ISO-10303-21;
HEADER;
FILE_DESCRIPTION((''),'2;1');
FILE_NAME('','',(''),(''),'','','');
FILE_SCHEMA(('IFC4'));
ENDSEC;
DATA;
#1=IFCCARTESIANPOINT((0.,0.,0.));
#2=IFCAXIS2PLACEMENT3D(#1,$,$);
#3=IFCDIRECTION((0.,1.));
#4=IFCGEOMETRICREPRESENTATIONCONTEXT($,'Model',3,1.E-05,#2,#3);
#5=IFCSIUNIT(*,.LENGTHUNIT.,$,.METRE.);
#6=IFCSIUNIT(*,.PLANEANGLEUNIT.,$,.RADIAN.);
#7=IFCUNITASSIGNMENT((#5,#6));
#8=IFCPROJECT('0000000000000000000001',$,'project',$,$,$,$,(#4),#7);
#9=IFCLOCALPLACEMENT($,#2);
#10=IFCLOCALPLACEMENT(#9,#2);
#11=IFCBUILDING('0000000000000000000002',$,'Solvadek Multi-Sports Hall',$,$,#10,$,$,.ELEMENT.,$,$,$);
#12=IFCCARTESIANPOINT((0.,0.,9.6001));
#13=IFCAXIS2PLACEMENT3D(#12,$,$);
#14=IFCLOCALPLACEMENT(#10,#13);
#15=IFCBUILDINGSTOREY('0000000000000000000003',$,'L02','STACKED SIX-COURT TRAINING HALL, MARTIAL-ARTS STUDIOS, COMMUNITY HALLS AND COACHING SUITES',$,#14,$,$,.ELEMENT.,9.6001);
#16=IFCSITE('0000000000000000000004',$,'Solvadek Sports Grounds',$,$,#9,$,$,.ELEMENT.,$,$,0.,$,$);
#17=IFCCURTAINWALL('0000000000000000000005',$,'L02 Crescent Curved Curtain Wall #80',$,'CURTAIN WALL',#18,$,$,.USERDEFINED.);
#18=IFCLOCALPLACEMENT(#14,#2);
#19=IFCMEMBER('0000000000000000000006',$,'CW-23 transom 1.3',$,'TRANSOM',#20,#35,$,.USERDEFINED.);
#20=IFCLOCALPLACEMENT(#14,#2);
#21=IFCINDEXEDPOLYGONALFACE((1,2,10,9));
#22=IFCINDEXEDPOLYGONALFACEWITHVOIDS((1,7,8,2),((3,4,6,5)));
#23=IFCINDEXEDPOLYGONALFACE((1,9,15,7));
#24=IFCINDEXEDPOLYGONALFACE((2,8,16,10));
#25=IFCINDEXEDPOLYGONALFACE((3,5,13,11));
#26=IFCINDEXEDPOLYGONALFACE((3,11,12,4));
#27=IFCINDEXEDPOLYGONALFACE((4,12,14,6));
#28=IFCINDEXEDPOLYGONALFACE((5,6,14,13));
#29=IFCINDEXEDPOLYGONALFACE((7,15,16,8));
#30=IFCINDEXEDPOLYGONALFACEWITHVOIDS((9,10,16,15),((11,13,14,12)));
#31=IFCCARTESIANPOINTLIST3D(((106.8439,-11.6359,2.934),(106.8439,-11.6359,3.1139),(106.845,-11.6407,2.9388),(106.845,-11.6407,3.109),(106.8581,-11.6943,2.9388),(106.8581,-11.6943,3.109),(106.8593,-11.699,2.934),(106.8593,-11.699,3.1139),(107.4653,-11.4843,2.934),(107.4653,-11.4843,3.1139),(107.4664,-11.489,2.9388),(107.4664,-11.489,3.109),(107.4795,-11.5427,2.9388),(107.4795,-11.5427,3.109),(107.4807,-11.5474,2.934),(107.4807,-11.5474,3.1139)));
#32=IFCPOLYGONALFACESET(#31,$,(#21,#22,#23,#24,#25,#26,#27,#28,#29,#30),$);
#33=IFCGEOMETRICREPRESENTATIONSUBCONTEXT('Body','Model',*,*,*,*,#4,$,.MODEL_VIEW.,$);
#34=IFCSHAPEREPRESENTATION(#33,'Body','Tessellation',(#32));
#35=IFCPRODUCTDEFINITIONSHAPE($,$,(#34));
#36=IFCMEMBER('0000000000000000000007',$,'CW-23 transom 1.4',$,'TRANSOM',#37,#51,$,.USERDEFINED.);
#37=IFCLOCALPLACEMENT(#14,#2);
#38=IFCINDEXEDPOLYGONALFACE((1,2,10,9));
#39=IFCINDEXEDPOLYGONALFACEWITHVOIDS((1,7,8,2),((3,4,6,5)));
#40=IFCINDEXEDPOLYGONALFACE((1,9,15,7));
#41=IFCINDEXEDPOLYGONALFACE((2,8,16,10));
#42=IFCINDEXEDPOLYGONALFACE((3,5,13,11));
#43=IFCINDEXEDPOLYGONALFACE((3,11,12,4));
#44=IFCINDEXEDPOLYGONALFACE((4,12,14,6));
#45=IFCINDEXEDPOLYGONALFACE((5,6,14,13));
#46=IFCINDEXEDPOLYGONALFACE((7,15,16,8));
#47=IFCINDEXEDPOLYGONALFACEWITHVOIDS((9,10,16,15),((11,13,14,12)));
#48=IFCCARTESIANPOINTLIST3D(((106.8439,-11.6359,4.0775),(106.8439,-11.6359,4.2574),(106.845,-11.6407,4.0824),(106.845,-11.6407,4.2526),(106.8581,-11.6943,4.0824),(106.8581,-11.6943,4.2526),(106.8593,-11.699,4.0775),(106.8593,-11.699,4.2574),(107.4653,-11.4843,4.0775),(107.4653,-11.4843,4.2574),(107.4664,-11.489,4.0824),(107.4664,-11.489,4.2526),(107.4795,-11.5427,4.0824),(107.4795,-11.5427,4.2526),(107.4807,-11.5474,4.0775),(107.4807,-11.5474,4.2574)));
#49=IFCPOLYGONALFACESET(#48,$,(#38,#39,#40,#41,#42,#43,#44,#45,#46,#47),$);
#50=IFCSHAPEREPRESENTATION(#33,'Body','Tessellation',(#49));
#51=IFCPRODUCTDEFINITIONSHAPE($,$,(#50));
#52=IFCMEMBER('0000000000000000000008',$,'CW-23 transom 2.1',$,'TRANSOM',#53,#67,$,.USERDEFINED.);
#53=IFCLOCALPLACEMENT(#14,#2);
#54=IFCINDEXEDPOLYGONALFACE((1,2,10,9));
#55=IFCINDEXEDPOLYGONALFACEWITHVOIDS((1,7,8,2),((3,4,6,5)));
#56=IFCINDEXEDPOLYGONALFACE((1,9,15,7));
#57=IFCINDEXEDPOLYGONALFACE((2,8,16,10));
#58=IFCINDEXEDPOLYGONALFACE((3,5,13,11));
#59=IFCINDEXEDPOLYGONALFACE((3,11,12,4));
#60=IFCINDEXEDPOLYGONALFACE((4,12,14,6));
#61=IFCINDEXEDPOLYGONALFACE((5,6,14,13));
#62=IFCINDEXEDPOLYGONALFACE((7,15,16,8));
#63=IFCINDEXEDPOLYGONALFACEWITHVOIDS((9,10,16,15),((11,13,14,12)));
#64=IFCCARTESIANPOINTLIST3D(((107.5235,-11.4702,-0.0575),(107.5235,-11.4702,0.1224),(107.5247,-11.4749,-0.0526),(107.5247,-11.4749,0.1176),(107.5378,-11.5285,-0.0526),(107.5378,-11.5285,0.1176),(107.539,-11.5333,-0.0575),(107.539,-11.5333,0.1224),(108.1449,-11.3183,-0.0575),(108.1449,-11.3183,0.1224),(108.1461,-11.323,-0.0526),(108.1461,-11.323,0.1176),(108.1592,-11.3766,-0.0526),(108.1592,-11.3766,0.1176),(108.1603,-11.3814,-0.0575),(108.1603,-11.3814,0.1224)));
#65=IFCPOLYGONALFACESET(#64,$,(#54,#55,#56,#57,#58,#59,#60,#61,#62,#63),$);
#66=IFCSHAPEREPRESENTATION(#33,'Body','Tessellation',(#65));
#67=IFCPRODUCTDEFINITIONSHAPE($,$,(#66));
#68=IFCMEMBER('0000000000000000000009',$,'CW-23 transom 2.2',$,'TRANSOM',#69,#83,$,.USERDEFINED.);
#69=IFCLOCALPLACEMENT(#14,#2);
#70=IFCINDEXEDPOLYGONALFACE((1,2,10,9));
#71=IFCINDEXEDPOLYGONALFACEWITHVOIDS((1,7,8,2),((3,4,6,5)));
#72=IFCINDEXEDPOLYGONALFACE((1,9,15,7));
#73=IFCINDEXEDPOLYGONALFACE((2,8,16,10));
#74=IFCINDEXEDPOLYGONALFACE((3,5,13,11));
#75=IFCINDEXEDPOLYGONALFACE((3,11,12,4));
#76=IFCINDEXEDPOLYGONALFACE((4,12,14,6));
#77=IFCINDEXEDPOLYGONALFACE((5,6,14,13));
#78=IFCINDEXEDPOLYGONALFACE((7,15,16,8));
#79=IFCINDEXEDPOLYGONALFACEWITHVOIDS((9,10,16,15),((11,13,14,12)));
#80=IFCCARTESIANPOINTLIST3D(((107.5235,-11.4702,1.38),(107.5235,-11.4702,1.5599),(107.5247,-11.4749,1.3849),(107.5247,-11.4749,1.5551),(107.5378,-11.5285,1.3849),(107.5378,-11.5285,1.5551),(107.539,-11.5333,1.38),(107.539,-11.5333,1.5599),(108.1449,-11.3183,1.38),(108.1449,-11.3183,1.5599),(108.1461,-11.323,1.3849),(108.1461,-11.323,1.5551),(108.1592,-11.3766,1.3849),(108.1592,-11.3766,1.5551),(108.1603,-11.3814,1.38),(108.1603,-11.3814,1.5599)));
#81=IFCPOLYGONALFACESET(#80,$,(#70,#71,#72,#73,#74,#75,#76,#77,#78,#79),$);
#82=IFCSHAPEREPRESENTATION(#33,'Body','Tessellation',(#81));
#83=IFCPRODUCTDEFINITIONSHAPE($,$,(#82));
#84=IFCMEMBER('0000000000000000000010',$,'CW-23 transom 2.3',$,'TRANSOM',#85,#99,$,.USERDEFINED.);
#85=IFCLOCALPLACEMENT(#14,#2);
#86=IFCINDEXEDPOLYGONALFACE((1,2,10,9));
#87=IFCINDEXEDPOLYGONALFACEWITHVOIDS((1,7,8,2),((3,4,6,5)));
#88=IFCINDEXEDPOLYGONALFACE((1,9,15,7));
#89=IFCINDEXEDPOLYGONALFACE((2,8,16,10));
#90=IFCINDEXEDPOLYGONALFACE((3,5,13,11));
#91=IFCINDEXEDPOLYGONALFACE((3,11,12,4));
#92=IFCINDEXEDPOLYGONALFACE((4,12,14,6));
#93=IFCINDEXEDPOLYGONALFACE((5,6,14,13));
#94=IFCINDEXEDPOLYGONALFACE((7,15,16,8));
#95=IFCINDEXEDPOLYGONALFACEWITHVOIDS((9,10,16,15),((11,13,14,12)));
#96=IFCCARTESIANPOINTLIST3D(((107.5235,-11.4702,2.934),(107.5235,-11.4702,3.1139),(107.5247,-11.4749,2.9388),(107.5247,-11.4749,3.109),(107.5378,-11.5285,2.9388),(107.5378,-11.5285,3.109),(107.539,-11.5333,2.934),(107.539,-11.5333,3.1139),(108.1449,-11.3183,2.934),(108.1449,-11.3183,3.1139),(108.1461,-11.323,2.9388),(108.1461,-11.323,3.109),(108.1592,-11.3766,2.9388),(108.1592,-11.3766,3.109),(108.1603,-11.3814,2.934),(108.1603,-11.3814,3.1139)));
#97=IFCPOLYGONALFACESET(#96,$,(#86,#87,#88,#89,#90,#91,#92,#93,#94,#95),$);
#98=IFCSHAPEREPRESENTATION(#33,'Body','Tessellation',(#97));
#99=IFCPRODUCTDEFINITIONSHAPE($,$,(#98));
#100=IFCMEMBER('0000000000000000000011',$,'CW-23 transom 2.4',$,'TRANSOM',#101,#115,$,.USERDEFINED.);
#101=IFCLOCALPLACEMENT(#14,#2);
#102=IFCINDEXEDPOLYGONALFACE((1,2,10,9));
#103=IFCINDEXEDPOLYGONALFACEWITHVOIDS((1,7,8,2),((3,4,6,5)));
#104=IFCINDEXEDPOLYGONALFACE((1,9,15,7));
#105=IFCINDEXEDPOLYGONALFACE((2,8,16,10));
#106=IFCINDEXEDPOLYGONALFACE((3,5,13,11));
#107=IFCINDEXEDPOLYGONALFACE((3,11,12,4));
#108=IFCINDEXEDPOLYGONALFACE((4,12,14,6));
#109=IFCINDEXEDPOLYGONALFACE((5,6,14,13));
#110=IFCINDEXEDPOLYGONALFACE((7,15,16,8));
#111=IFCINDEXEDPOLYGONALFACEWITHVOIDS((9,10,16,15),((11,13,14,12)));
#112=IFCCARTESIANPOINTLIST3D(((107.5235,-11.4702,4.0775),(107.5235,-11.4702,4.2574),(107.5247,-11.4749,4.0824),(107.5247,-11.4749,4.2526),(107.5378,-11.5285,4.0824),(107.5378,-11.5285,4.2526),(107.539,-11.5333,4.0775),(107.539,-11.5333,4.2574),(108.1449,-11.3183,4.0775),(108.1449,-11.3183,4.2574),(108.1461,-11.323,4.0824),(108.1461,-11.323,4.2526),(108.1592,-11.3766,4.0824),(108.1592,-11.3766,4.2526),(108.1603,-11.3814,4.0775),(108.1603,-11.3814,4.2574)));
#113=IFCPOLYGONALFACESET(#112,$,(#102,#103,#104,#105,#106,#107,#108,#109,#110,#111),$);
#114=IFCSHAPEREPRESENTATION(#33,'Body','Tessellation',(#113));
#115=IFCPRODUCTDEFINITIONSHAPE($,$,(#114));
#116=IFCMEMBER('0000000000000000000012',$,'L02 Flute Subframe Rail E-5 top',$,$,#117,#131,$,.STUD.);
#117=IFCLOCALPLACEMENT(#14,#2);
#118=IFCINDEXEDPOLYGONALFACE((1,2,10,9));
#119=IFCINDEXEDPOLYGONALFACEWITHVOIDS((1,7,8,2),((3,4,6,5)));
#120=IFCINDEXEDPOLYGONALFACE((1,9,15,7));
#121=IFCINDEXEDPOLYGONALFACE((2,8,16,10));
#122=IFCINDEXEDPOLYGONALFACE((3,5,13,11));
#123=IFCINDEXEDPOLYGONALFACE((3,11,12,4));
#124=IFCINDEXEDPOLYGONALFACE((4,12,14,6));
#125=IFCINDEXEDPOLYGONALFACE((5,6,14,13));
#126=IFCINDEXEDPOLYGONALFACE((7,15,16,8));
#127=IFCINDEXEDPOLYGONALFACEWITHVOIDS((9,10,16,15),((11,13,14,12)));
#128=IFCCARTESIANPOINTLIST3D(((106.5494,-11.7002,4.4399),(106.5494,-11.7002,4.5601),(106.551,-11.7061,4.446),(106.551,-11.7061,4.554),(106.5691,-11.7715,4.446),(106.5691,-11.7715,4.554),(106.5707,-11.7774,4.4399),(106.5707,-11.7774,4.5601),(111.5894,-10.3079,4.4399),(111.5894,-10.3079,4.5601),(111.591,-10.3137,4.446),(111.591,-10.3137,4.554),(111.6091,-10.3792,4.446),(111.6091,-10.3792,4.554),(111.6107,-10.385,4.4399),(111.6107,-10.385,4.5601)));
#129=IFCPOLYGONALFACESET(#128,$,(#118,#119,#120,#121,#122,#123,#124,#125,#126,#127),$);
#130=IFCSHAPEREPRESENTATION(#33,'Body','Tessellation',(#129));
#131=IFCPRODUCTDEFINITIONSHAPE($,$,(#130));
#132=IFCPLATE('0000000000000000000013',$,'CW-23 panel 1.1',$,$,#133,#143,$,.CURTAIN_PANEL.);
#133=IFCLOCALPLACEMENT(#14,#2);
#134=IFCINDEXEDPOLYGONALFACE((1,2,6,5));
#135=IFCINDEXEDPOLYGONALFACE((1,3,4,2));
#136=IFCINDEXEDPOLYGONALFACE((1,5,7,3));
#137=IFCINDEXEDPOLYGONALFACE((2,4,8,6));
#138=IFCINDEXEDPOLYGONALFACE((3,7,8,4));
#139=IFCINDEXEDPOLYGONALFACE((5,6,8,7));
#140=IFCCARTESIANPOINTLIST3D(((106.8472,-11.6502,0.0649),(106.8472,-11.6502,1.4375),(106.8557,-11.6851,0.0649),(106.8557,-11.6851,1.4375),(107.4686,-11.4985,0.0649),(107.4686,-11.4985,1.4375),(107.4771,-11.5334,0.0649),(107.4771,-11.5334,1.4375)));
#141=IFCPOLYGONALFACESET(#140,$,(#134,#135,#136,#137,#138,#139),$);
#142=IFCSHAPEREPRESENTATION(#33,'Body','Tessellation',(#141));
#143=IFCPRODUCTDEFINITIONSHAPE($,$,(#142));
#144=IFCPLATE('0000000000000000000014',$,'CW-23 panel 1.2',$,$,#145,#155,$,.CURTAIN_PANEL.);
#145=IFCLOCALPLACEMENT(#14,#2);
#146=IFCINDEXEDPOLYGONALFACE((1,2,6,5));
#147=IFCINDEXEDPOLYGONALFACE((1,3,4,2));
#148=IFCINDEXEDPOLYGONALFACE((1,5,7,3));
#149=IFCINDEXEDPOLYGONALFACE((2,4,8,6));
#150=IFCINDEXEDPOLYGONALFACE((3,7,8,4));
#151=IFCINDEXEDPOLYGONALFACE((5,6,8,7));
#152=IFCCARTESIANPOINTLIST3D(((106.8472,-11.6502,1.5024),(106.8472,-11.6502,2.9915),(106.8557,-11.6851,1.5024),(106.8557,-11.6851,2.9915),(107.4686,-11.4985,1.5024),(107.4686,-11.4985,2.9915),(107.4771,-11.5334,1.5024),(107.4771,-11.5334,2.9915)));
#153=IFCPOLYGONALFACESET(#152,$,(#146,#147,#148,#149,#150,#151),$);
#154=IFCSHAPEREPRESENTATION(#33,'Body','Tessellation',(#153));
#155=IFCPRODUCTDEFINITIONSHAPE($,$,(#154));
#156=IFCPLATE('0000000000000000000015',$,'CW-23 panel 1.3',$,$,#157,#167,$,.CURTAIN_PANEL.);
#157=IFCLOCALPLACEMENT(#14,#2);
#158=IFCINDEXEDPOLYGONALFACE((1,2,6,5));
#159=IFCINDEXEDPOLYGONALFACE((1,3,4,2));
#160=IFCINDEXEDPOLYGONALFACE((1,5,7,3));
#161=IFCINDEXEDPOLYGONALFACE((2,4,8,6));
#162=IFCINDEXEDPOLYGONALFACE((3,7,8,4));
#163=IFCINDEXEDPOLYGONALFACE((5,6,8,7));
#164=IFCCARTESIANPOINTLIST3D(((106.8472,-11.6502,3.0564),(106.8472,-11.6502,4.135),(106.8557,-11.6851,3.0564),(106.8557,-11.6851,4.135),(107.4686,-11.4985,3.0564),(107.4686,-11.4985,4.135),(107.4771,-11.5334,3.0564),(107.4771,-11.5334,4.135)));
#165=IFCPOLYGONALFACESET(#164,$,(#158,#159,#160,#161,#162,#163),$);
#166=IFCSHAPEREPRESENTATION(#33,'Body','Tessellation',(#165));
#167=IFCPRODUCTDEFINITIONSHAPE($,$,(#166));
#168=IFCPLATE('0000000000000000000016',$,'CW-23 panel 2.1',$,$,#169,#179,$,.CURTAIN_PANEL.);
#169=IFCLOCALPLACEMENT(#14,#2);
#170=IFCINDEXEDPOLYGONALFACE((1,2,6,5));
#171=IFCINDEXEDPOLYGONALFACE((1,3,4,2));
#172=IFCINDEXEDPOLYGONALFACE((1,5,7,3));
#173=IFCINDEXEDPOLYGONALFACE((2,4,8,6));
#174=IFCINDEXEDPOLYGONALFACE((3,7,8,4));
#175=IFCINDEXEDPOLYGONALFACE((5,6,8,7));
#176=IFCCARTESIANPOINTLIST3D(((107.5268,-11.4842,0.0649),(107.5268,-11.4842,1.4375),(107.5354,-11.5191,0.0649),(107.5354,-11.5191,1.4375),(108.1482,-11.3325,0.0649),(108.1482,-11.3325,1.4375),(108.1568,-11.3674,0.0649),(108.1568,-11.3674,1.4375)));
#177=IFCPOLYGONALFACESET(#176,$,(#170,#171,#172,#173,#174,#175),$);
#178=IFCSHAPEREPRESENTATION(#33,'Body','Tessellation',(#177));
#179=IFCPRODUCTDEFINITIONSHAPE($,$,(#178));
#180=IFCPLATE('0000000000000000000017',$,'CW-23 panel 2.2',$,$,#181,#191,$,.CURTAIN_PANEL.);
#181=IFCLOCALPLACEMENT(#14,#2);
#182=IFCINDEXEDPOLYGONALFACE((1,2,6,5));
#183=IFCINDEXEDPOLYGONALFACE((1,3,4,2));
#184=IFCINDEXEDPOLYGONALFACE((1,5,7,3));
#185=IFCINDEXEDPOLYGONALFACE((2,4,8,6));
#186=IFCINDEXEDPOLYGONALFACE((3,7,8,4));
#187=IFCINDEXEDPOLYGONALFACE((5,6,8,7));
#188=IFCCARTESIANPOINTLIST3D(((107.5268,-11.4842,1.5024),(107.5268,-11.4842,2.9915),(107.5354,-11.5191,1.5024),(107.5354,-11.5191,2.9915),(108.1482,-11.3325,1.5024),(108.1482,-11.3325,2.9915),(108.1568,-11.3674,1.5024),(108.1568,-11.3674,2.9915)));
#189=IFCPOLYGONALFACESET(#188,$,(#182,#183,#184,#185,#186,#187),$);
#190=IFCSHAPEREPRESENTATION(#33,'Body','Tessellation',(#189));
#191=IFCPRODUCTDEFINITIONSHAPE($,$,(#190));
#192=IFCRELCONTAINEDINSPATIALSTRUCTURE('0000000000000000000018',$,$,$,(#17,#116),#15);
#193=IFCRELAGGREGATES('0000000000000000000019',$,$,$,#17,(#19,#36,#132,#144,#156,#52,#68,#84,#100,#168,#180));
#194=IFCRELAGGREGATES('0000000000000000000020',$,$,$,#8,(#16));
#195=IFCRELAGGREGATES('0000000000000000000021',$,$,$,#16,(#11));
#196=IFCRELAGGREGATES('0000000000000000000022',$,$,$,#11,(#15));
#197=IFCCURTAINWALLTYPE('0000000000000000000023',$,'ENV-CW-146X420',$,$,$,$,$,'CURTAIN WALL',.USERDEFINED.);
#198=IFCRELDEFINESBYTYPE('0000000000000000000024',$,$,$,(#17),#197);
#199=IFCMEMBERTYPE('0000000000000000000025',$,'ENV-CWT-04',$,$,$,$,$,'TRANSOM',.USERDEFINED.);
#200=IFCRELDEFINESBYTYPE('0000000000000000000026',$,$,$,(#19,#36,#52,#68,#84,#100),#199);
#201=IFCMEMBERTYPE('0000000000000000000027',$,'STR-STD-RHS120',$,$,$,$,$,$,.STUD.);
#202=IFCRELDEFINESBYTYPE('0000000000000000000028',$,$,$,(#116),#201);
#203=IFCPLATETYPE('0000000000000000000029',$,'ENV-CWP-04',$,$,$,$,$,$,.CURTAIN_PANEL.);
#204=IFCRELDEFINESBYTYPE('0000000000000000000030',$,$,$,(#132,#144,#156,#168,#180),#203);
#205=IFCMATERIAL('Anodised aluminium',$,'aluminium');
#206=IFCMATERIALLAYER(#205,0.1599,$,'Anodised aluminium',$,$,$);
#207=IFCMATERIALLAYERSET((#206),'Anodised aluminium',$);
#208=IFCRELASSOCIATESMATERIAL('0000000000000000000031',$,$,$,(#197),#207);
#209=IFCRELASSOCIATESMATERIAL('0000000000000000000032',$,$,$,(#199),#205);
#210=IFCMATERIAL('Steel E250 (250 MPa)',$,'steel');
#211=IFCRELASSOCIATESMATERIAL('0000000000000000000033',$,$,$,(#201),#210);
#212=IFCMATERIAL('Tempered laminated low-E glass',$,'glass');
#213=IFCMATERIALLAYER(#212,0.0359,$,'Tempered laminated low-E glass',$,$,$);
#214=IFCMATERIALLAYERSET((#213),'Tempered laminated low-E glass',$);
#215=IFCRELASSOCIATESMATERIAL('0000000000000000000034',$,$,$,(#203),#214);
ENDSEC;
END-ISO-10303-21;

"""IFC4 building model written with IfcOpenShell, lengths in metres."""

from ifc_helpers import new_model, si_unit, direction, frame, origin, origin_2d, place, context, subcontext, project, spatial, rectangle, hollow_rectangle, extrude, material, layer, layer_set, material_profile, profile_set, type_object, element, aggregate, save


model = new_model("IFC4")

# Units and contexts
model_context = context("Model", 3, precision=1e-05, world=origin(), true_north=direction((0.0, 1.0)))
body_context = subcontext(model_context, "Body", "Model", "MODEL_VIEW")
ifc_project = project(units=[si_unit("LENGTHUNIT", "METRE"), si_unit("PLANEANGLEUNIT", "RADIAN")], contexts=[model_context])

# Site, building, storey
site_placement = place(None, origin())
site = spatial("IfcSite", under=ifc_project, at=site_placement, Name="Solvadek Sports Grounds", CompositionType="ELEMENT", RefElevation=0.0)
building_placement = place(site_placement, origin())
building = spatial("IfcBuilding", under=site, at=building_placement, Name="Solvadek Multi-Sports Hall", CompositionType="ELEMENT")
storey_placement = place(building_placement, frame((0.0, 0.0, 9.6001)))
storey = spatial("IfcBuildingStorey", under=building, at=storey_placement, Name="L02", Description="STACKED SIX-COURT TRAINING HALL, MARTIAL-ARTS STUDIOS, COMMUNITY HALLS AND COACHING SUITES", CompositionType="ELEMENT", Elevation=9.6001)

# Curtain wall
ifc_material_1 = material(Name="Anodised aluminium", Category="aluminium")
ifc_layer_1 = layer(ifc_material_1, 0.1599, Name="Anodised aluminium")
ifc_layer_set_1 = layer_set([ifc_layer_1], Name="Anodised aluminium")
curtain_wall_type_1 = type_object("IfcCurtainWallType", Name="ENV-CW-146X420", ElementType="CURTAIN WALL", PredefinedType="USERDEFINED", material=ifc_layer_set_1)
curtain_wall_1_placement = place(storey_placement, origin())
curtain_wall_1 = element("IfcCurtainWall", 1, at=curtain_wall_1_placement, inside=storey, type_object=curtain_wall_type_1, Name="L02 Crescent Curved Curtain Wall #80", ObjectType="CURTAIN WALL", PredefinedType="USERDEFINED")

# Members
ifc_material_profile_1 = material_profile(ifc_material_1, hollow_rectangle(XDim=0.0649, YDim=0.1799, WallThickness=0.0049, at=origin_2d()), Name="ALU-T 180x65x5")
ifc_profile_set_1 = profile_set([ifc_material_profile_1], Name="Anodised aluminium")
member_type_1 = type_object("IfcMemberType", Name="ENV-CWT-04", ElementType="TRANSOM", PredefinedType="USERDEFINED", material=ifc_profile_set_1)
member_1_placement = place(storey_placement, frame((106.8516, -11.6675, 3.0239), z_axis=(0.971497, 0.237053, 0.0), x_axis=(-0.237053, 0.971497, 0.0)))
member_1 = element("IfcMember", 2, at=member_1_placement, type_object=member_type_1, Name="CW-23 transom 1.3", ObjectType="TRANSOM", PredefinedType="USERDEFINED", context=body_context, shape_type="SweptSolid", body=[
    extrude(hollow_rectangle(XDim=0.0649, YDim=0.1799, WallThickness=0.0049, at=origin_2d()), origin(), (0.0, 0.0, 1.0), 0.6396),
])
member_2_placement = place(storey_placement, frame((106.8516, -11.6675, 4.1675), z_axis=(0.971497, 0.237053, 0.0), x_axis=(-0.237053, 0.971497, 0.0)))
member_2 = element("IfcMember", 3, at=member_2_placement, type_object=member_type_1, Name="CW-23 transom 1.4", ObjectType="TRANSOM", PredefinedType="USERDEFINED", context=body_context, shape_type="SweptSolid", body=[
    extrude(hollow_rectangle(XDim=0.0649, YDim=0.1799, WallThickness=0.0049, at=origin_2d()), origin(), (0.0, 0.0, 1.0), 0.6396),
])
member_3_placement = place(storey_placement, frame((107.5312, -11.5017, 0.0325), z_axis=(0.971409, 0.237413, 0.0), x_axis=(-0.237413, 0.971409, 0.0)))
member_3 = element("IfcMember", 4, at=member_3_placement, type_object=member_type_1, Name="CW-23 transom 2.1", ObjectType="TRANSOM", PredefinedType="USERDEFINED", context=body_context, shape_type="SweptSolid", body=[
    extrude(hollow_rectangle(XDim=0.0649, YDim=0.1799, WallThickness=0.0049, at=origin_2d()), origin(), (0.0, 0.0, 1.0), 0.6396),
])
member_4_placement = place(storey_placement, frame((107.5312, -11.5017, 1.47), z_axis=(0.971409, 0.237413, 0.0), x_axis=(-0.237413, 0.971409, 0.0)))
member_4 = element("IfcMember", 5, at=member_4_placement, type_object=member_type_1, Name="CW-23 transom 2.2", ObjectType="TRANSOM", PredefinedType="USERDEFINED", context=body_context, shape_type="SweptSolid", body=[
    extrude(hollow_rectangle(XDim=0.0649, YDim=0.1799, WallThickness=0.0049, at=origin_2d()), origin(), (0.0, 0.0, 1.0), 0.6396),
])
member_5_placement = place(storey_placement, frame((107.5312, -11.5017, 3.0239), z_axis=(0.971409, 0.237413, 0.0), x_axis=(-0.237413, 0.971409, 0.0)))
member_5 = element("IfcMember", 6, at=member_5_placement, type_object=member_type_1, Name="CW-23 transom 2.3", ObjectType="TRANSOM", PredefinedType="USERDEFINED", context=body_context, shape_type="SweptSolid", body=[
    extrude(hollow_rectangle(XDim=0.0649, YDim=0.1799, WallThickness=0.0049, at=origin_2d()), origin(), (0.0, 0.0, 1.0), 0.6396),
])
member_6_placement = place(storey_placement, frame((107.5312, -11.5017, 4.1675), z_axis=(0.971409, 0.237413, 0.0), x_axis=(-0.237413, 0.971409, 0.0)))
member_6 = element("IfcMember", 7, at=member_6_placement, type_object=member_type_1, Name="CW-23 transom 2.4", ObjectType="TRANSOM", PredefinedType="USERDEFINED", context=body_context, shape_type="SweptSolid", body=[
    extrude(hollow_rectangle(XDim=0.0649, YDim=0.1799, WallThickness=0.0049, at=origin_2d()), origin(), (0.0, 0.0, 1.0), 0.6396),
])
ifc_material_2 = material(Name="Steel E250 (250 MPa)", Category="steel")
ifc_material_profile_2 = material_profile(ifc_material_2, hollow_rectangle(XDim=0.0801, YDim=0.1201, WallThickness=0.0061, at=origin_2d()), Name="RHS 120x80x6")
ifc_profile_set_2 = profile_set([ifc_material_profile_2], Name="Steel E250 (250 MPa)")
member_type_2 = type_object("IfcMemberType", Name="STR-STD-RHS120", PredefinedType="STUD", material=ifc_profile_set_2)
member_7_placement = place(storey_placement, frame((106.5601, -11.7388, 4.5), z_axis=(0.963896, 0.266281, 0.0), x_axis=(-0.266281, 0.963896, 0.0)))
element("IfcMember", 8, at=member_7_placement, inside=storey, type_object=member_type_2, Name="L02 Flute Subframe Rail E-5 top", PredefinedType="STUD", context=body_context, shape_type="SweptSolid", body=[
    extrude(hollow_rectangle(XDim=0.0801, YDim=0.1201, WallThickness=0.0061, at=origin_2d()), origin(), (0.0, 0.0, 1.0), 5.2288),
])

# Plates
ifc_material_3 = material(Name="Tempered laminated low-E glass", Category="glass")
ifc_layer_2 = layer(ifc_material_3, 0.0359, Name="Tempered laminated low-E glass")
ifc_layer_set_2 = layer_set([ifc_layer_2], Name="Tempered laminated low-E glass")
plate_type_1 = type_object("IfcPlateType", Name="ENV-CWP-04", PredefinedType="CURTAIN_PANEL", material=ifc_layer_set_2)
plate_1_placement = place(storey_placement, frame((107.1621, -11.5918, 0.0649), z_axis=(0.0, 0.0, 1.0), x_axis=(0.97147, 0.237163, 0.0)))
plate_1 = element("IfcPlate", 9, at=plate_1_placement, type_object=plate_type_1, Name="CW-23 panel 1.1", PredefinedType="CURTAIN_PANEL", context=body_context, shape_type="SweptSolid", body=[
    extrude(rectangle(XDim=0.6396, YDim=0.0359, at=origin_2d()), origin(), (0.0, 0.0, 1.0), 1.3726),
])
plate_2_placement = place(storey_placement, frame((107.1621, -11.5918, 1.5024), z_axis=(0.0, 0.0, 1.0), x_axis=(0.97147, 0.237163, 0.0)))
plate_2 = element("IfcPlate", 10, at=plate_2_placement, type_object=plate_type_1, Name="CW-23 panel 1.2", PredefinedType="CURTAIN_PANEL", context=body_context, shape_type="SweptSolid", body=[
    extrude(rectangle(XDim=0.6396, YDim=0.0359, at=origin_2d()), origin(), (0.0, 0.0, 1.0), 1.489),
])
plate_3_placement = place(storey_placement, frame((107.1621, -11.5918, 3.0564), z_axis=(0.0, 0.0, 1.0), x_axis=(0.97147, 0.237163, 0.0)))
plate_3 = element("IfcPlate", 11, at=plate_3_placement, type_object=plate_type_1, Name="CW-23 panel 1.3", PredefinedType="CURTAIN_PANEL", context=body_context, shape_type="SweptSolid", body=[
    extrude(rectangle(XDim=0.6396, YDim=0.0359, at=origin_2d()), origin(), (0.0, 0.0, 1.0), 1.0786),
])
plate_4_placement = place(storey_placement, frame((107.8418, -11.4258, 0.0649), z_axis=(0.0, 0.0, 1.0), x_axis=(0.97147, 0.237163, 0.0)))
plate_4 = element("IfcPlate", 12, at=plate_4_placement, type_object=plate_type_1, Name="CW-23 panel 2.1", PredefinedType="CURTAIN_PANEL", context=body_context, shape_type="SweptSolid", body=[
    extrude(rectangle(XDim=0.6396, YDim=0.0359, at=origin_2d()), origin(), (0.0, 0.0, 1.0), 1.3726),
])
plate_5_placement = place(storey_placement, frame((107.8418, -11.4258, 1.5024), z_axis=(0.0, 0.0, 1.0), x_axis=(0.97147, 0.237163, 0.0)))
plate_5 = element("IfcPlate", 13, at=plate_5_placement, type_object=plate_type_1, Name="CW-23 panel 2.2", PredefinedType="CURTAIN_PANEL", context=body_context, shape_type="SweptSolid", body=[
    extrude(rectangle(XDim=0.6396, YDim=0.0359, at=origin_2d()), origin(), (0.0, 0.0, 1.0), 1.489),
])
aggregate(curtain_wall_1, [member_1, member_2, plate_1, plate_2, plate_3, member_3, member_4, member_5, member_6, plate_4, plate_5])

save(model, "model.ifc")
